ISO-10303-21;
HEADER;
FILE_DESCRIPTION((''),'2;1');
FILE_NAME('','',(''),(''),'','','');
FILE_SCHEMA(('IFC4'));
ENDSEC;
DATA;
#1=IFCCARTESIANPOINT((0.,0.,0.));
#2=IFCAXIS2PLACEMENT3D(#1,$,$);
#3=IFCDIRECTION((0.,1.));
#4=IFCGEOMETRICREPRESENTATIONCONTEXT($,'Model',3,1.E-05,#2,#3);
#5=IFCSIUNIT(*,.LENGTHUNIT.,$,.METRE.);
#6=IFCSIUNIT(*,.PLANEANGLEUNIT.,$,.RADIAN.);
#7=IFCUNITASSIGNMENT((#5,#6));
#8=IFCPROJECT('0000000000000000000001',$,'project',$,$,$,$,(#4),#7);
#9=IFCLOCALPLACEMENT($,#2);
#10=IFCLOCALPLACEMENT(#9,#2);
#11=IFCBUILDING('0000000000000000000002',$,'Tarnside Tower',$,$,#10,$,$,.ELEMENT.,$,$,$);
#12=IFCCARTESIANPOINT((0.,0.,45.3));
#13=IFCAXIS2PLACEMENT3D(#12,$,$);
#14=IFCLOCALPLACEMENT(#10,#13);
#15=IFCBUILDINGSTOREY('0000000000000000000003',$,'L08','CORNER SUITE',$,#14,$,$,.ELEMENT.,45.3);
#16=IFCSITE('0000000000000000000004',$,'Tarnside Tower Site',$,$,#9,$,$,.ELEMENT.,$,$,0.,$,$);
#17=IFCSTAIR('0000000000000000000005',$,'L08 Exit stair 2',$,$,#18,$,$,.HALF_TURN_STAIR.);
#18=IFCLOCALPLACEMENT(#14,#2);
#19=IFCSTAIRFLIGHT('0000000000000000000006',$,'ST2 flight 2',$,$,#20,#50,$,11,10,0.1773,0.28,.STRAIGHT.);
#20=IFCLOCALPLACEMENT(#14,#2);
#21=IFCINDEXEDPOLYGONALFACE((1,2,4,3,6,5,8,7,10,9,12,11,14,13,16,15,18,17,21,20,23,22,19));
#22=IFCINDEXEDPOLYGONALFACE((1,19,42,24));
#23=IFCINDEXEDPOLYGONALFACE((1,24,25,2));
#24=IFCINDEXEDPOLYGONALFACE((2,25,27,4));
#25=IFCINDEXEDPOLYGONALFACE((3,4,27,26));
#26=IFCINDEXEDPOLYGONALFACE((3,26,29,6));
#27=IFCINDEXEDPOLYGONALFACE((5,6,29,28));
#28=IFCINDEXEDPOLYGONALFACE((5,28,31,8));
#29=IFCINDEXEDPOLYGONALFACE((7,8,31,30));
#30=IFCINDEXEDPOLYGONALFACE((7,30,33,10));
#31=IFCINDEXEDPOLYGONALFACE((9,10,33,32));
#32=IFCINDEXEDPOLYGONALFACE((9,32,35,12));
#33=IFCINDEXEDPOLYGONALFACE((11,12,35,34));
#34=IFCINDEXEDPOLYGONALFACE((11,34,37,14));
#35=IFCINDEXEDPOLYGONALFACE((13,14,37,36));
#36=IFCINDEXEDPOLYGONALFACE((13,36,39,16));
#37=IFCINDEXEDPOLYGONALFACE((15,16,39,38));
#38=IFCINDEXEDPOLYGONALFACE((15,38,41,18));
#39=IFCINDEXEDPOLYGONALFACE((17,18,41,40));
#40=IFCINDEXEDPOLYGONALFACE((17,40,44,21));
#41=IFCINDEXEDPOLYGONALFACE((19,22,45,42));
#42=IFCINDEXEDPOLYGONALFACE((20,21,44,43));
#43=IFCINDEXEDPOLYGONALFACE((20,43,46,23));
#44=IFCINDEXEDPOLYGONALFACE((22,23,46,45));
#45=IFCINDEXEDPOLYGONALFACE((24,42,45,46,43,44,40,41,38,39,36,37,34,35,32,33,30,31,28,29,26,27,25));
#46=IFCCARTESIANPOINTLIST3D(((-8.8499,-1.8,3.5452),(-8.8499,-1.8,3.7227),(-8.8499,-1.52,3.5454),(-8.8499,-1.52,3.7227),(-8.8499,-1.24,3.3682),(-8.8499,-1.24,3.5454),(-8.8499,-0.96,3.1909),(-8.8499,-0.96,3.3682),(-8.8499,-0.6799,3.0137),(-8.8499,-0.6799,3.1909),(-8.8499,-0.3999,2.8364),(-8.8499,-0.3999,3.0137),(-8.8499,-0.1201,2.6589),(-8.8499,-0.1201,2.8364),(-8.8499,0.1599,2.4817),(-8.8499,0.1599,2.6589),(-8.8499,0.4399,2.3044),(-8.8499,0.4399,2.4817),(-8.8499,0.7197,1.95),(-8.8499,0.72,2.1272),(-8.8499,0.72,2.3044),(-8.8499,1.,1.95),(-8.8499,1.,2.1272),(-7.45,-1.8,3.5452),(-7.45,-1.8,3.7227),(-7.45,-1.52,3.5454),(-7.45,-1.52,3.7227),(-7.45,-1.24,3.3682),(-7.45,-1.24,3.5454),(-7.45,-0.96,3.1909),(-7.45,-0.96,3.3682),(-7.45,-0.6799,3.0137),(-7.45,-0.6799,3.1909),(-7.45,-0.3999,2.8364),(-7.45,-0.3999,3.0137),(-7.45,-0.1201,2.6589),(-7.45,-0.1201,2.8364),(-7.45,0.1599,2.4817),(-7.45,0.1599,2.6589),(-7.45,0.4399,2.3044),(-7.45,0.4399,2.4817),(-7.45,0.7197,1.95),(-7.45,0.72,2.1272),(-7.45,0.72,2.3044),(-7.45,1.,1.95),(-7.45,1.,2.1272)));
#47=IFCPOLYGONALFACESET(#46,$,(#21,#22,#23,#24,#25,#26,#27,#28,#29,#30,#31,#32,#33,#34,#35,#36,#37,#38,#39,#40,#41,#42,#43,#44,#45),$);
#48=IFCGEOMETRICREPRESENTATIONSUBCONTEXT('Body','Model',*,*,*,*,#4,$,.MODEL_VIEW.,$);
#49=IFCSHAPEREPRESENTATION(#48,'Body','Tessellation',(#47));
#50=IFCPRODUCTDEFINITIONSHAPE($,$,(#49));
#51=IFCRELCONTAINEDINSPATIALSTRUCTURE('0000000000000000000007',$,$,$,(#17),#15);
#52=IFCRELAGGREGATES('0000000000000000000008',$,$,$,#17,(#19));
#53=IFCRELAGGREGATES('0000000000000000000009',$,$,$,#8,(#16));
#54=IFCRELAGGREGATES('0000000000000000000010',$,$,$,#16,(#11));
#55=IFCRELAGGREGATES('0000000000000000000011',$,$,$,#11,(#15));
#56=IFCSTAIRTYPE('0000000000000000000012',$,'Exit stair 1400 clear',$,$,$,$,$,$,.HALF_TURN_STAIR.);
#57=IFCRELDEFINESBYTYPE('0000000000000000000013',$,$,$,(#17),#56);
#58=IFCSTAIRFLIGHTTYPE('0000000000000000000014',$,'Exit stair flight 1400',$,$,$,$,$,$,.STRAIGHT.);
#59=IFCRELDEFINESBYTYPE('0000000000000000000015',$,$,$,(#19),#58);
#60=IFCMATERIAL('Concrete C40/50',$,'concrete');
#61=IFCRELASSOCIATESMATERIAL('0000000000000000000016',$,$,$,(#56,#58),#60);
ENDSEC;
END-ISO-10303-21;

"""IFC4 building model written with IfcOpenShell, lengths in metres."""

from ifc_helpers import new_model, si_unit, direction, frame, origin, place, context, subcontext, project, spatial, polyline, outline, extrude, material, type_object, element, aggregate, save


model = new_model("IFC4")

# Units and contexts
model_context = context("Model", 3, precision=1e-05, world=origin(), true_north=direction((0.0, 1.0)))
body_context = subcontext(model_context, "Body", "Model", "MODEL_VIEW")
ifc_project = project(units=[si_unit("LENGTHUNIT", "METRE"), si_unit("PLANEANGLEUNIT", "RADIAN")], contexts=[model_context])

# Site, building, storey
site_placement = place(None, origin())
site = spatial("IfcSite", under=ifc_project, at=site_placement, Name="Tarnside Tower Site", CompositionType="ELEMENT", RefElevation=0.0)
building_placement = place(site_placement, origin())
building = spatial("IfcBuilding", under=site, at=building_placement, Name="Tarnside Tower", CompositionType="ELEMENT")
storey_placement = place(building_placement, frame((0.0, 0.0, 45.3)))
storey = spatial("IfcBuildingStorey", under=building, at=storey_placement, Name="L08", Description="CORNER SUITE", CompositionType="ELEMENT", Elevation=45.3)

# Shared definitions
ifc_material_1 = material(Name="Concrete C40/50", Category="concrete")

# Stair
stair_type = type_object("IfcStairType", Name="Exit stair 1400 clear", PredefinedType="HALF_TURN_STAIR", material=ifc_material_1)
stair_1_placement = place(storey_placement, origin())
stair_1 = element("IfcStair", 1, at=stair_1_placement, inside=storey, type_object=stair_type, Name="L08 Exit stair 2", PredefinedType="HALF_TURN_STAIR")

# Stair flight
stair_flight_type = type_object("IfcStairFlightType", Name="Exit stair flight 1400", PredefinedType="STRAIGHT", material=ifc_material_1)
stair_flight_placement = place(storey_placement, frame((-8.1499, 1.0, 1.95), z_axis=(0.0, 0.0, 1.0), x_axis=(0.0, -1.0, 0.0)))
stair_flight = element("IfcStairFlight", 2, at=stair_flight_placement, type_object=stair_flight_type, Name="ST2 flight 2", NumberOfRisers=11, NumberOfTreads=10, PredefinedType="STRAIGHT", RiserHeight=0.1773, TreadLength=0.28, context=body_context, shape_type="SweptSolid", body=[
    extrude(outline(polyline([(0.0, 0.0), (0.0, 0.1772), (0.28, 0.1772), (0.28, 0.3545), (0.5601, 0.3545), (0.5601, 0.5317), (0.8401, 0.5317), (0.8401, 0.709), (1.1201, 0.709), (1.1201, 0.8865), (1.3999, 0.8865), (1.3999, 1.0637), (1.6799, 1.0637), (1.6799, 1.241), (1.96, 1.241), (1.96, 1.4182), (2.24, 1.4182), (2.24, 1.5955), (2.52, 1.5955), (2.52, 1.7727), (2.8, 1.7727), (2.8, 1.95), (2.8, 1.5952), (0.2803, 0.0), (0.0, 0.0)])), frame((0.0, 0.7, 0.0), z_axis=(0.0, -1.0, 0.0), x_axis=(1.0, 0.0, 0.0)), (0.0, 0.0, 1.0), 1.3999),
])
aggregate(stair_1, [stair_flight])

save(model, "model.ifc")
